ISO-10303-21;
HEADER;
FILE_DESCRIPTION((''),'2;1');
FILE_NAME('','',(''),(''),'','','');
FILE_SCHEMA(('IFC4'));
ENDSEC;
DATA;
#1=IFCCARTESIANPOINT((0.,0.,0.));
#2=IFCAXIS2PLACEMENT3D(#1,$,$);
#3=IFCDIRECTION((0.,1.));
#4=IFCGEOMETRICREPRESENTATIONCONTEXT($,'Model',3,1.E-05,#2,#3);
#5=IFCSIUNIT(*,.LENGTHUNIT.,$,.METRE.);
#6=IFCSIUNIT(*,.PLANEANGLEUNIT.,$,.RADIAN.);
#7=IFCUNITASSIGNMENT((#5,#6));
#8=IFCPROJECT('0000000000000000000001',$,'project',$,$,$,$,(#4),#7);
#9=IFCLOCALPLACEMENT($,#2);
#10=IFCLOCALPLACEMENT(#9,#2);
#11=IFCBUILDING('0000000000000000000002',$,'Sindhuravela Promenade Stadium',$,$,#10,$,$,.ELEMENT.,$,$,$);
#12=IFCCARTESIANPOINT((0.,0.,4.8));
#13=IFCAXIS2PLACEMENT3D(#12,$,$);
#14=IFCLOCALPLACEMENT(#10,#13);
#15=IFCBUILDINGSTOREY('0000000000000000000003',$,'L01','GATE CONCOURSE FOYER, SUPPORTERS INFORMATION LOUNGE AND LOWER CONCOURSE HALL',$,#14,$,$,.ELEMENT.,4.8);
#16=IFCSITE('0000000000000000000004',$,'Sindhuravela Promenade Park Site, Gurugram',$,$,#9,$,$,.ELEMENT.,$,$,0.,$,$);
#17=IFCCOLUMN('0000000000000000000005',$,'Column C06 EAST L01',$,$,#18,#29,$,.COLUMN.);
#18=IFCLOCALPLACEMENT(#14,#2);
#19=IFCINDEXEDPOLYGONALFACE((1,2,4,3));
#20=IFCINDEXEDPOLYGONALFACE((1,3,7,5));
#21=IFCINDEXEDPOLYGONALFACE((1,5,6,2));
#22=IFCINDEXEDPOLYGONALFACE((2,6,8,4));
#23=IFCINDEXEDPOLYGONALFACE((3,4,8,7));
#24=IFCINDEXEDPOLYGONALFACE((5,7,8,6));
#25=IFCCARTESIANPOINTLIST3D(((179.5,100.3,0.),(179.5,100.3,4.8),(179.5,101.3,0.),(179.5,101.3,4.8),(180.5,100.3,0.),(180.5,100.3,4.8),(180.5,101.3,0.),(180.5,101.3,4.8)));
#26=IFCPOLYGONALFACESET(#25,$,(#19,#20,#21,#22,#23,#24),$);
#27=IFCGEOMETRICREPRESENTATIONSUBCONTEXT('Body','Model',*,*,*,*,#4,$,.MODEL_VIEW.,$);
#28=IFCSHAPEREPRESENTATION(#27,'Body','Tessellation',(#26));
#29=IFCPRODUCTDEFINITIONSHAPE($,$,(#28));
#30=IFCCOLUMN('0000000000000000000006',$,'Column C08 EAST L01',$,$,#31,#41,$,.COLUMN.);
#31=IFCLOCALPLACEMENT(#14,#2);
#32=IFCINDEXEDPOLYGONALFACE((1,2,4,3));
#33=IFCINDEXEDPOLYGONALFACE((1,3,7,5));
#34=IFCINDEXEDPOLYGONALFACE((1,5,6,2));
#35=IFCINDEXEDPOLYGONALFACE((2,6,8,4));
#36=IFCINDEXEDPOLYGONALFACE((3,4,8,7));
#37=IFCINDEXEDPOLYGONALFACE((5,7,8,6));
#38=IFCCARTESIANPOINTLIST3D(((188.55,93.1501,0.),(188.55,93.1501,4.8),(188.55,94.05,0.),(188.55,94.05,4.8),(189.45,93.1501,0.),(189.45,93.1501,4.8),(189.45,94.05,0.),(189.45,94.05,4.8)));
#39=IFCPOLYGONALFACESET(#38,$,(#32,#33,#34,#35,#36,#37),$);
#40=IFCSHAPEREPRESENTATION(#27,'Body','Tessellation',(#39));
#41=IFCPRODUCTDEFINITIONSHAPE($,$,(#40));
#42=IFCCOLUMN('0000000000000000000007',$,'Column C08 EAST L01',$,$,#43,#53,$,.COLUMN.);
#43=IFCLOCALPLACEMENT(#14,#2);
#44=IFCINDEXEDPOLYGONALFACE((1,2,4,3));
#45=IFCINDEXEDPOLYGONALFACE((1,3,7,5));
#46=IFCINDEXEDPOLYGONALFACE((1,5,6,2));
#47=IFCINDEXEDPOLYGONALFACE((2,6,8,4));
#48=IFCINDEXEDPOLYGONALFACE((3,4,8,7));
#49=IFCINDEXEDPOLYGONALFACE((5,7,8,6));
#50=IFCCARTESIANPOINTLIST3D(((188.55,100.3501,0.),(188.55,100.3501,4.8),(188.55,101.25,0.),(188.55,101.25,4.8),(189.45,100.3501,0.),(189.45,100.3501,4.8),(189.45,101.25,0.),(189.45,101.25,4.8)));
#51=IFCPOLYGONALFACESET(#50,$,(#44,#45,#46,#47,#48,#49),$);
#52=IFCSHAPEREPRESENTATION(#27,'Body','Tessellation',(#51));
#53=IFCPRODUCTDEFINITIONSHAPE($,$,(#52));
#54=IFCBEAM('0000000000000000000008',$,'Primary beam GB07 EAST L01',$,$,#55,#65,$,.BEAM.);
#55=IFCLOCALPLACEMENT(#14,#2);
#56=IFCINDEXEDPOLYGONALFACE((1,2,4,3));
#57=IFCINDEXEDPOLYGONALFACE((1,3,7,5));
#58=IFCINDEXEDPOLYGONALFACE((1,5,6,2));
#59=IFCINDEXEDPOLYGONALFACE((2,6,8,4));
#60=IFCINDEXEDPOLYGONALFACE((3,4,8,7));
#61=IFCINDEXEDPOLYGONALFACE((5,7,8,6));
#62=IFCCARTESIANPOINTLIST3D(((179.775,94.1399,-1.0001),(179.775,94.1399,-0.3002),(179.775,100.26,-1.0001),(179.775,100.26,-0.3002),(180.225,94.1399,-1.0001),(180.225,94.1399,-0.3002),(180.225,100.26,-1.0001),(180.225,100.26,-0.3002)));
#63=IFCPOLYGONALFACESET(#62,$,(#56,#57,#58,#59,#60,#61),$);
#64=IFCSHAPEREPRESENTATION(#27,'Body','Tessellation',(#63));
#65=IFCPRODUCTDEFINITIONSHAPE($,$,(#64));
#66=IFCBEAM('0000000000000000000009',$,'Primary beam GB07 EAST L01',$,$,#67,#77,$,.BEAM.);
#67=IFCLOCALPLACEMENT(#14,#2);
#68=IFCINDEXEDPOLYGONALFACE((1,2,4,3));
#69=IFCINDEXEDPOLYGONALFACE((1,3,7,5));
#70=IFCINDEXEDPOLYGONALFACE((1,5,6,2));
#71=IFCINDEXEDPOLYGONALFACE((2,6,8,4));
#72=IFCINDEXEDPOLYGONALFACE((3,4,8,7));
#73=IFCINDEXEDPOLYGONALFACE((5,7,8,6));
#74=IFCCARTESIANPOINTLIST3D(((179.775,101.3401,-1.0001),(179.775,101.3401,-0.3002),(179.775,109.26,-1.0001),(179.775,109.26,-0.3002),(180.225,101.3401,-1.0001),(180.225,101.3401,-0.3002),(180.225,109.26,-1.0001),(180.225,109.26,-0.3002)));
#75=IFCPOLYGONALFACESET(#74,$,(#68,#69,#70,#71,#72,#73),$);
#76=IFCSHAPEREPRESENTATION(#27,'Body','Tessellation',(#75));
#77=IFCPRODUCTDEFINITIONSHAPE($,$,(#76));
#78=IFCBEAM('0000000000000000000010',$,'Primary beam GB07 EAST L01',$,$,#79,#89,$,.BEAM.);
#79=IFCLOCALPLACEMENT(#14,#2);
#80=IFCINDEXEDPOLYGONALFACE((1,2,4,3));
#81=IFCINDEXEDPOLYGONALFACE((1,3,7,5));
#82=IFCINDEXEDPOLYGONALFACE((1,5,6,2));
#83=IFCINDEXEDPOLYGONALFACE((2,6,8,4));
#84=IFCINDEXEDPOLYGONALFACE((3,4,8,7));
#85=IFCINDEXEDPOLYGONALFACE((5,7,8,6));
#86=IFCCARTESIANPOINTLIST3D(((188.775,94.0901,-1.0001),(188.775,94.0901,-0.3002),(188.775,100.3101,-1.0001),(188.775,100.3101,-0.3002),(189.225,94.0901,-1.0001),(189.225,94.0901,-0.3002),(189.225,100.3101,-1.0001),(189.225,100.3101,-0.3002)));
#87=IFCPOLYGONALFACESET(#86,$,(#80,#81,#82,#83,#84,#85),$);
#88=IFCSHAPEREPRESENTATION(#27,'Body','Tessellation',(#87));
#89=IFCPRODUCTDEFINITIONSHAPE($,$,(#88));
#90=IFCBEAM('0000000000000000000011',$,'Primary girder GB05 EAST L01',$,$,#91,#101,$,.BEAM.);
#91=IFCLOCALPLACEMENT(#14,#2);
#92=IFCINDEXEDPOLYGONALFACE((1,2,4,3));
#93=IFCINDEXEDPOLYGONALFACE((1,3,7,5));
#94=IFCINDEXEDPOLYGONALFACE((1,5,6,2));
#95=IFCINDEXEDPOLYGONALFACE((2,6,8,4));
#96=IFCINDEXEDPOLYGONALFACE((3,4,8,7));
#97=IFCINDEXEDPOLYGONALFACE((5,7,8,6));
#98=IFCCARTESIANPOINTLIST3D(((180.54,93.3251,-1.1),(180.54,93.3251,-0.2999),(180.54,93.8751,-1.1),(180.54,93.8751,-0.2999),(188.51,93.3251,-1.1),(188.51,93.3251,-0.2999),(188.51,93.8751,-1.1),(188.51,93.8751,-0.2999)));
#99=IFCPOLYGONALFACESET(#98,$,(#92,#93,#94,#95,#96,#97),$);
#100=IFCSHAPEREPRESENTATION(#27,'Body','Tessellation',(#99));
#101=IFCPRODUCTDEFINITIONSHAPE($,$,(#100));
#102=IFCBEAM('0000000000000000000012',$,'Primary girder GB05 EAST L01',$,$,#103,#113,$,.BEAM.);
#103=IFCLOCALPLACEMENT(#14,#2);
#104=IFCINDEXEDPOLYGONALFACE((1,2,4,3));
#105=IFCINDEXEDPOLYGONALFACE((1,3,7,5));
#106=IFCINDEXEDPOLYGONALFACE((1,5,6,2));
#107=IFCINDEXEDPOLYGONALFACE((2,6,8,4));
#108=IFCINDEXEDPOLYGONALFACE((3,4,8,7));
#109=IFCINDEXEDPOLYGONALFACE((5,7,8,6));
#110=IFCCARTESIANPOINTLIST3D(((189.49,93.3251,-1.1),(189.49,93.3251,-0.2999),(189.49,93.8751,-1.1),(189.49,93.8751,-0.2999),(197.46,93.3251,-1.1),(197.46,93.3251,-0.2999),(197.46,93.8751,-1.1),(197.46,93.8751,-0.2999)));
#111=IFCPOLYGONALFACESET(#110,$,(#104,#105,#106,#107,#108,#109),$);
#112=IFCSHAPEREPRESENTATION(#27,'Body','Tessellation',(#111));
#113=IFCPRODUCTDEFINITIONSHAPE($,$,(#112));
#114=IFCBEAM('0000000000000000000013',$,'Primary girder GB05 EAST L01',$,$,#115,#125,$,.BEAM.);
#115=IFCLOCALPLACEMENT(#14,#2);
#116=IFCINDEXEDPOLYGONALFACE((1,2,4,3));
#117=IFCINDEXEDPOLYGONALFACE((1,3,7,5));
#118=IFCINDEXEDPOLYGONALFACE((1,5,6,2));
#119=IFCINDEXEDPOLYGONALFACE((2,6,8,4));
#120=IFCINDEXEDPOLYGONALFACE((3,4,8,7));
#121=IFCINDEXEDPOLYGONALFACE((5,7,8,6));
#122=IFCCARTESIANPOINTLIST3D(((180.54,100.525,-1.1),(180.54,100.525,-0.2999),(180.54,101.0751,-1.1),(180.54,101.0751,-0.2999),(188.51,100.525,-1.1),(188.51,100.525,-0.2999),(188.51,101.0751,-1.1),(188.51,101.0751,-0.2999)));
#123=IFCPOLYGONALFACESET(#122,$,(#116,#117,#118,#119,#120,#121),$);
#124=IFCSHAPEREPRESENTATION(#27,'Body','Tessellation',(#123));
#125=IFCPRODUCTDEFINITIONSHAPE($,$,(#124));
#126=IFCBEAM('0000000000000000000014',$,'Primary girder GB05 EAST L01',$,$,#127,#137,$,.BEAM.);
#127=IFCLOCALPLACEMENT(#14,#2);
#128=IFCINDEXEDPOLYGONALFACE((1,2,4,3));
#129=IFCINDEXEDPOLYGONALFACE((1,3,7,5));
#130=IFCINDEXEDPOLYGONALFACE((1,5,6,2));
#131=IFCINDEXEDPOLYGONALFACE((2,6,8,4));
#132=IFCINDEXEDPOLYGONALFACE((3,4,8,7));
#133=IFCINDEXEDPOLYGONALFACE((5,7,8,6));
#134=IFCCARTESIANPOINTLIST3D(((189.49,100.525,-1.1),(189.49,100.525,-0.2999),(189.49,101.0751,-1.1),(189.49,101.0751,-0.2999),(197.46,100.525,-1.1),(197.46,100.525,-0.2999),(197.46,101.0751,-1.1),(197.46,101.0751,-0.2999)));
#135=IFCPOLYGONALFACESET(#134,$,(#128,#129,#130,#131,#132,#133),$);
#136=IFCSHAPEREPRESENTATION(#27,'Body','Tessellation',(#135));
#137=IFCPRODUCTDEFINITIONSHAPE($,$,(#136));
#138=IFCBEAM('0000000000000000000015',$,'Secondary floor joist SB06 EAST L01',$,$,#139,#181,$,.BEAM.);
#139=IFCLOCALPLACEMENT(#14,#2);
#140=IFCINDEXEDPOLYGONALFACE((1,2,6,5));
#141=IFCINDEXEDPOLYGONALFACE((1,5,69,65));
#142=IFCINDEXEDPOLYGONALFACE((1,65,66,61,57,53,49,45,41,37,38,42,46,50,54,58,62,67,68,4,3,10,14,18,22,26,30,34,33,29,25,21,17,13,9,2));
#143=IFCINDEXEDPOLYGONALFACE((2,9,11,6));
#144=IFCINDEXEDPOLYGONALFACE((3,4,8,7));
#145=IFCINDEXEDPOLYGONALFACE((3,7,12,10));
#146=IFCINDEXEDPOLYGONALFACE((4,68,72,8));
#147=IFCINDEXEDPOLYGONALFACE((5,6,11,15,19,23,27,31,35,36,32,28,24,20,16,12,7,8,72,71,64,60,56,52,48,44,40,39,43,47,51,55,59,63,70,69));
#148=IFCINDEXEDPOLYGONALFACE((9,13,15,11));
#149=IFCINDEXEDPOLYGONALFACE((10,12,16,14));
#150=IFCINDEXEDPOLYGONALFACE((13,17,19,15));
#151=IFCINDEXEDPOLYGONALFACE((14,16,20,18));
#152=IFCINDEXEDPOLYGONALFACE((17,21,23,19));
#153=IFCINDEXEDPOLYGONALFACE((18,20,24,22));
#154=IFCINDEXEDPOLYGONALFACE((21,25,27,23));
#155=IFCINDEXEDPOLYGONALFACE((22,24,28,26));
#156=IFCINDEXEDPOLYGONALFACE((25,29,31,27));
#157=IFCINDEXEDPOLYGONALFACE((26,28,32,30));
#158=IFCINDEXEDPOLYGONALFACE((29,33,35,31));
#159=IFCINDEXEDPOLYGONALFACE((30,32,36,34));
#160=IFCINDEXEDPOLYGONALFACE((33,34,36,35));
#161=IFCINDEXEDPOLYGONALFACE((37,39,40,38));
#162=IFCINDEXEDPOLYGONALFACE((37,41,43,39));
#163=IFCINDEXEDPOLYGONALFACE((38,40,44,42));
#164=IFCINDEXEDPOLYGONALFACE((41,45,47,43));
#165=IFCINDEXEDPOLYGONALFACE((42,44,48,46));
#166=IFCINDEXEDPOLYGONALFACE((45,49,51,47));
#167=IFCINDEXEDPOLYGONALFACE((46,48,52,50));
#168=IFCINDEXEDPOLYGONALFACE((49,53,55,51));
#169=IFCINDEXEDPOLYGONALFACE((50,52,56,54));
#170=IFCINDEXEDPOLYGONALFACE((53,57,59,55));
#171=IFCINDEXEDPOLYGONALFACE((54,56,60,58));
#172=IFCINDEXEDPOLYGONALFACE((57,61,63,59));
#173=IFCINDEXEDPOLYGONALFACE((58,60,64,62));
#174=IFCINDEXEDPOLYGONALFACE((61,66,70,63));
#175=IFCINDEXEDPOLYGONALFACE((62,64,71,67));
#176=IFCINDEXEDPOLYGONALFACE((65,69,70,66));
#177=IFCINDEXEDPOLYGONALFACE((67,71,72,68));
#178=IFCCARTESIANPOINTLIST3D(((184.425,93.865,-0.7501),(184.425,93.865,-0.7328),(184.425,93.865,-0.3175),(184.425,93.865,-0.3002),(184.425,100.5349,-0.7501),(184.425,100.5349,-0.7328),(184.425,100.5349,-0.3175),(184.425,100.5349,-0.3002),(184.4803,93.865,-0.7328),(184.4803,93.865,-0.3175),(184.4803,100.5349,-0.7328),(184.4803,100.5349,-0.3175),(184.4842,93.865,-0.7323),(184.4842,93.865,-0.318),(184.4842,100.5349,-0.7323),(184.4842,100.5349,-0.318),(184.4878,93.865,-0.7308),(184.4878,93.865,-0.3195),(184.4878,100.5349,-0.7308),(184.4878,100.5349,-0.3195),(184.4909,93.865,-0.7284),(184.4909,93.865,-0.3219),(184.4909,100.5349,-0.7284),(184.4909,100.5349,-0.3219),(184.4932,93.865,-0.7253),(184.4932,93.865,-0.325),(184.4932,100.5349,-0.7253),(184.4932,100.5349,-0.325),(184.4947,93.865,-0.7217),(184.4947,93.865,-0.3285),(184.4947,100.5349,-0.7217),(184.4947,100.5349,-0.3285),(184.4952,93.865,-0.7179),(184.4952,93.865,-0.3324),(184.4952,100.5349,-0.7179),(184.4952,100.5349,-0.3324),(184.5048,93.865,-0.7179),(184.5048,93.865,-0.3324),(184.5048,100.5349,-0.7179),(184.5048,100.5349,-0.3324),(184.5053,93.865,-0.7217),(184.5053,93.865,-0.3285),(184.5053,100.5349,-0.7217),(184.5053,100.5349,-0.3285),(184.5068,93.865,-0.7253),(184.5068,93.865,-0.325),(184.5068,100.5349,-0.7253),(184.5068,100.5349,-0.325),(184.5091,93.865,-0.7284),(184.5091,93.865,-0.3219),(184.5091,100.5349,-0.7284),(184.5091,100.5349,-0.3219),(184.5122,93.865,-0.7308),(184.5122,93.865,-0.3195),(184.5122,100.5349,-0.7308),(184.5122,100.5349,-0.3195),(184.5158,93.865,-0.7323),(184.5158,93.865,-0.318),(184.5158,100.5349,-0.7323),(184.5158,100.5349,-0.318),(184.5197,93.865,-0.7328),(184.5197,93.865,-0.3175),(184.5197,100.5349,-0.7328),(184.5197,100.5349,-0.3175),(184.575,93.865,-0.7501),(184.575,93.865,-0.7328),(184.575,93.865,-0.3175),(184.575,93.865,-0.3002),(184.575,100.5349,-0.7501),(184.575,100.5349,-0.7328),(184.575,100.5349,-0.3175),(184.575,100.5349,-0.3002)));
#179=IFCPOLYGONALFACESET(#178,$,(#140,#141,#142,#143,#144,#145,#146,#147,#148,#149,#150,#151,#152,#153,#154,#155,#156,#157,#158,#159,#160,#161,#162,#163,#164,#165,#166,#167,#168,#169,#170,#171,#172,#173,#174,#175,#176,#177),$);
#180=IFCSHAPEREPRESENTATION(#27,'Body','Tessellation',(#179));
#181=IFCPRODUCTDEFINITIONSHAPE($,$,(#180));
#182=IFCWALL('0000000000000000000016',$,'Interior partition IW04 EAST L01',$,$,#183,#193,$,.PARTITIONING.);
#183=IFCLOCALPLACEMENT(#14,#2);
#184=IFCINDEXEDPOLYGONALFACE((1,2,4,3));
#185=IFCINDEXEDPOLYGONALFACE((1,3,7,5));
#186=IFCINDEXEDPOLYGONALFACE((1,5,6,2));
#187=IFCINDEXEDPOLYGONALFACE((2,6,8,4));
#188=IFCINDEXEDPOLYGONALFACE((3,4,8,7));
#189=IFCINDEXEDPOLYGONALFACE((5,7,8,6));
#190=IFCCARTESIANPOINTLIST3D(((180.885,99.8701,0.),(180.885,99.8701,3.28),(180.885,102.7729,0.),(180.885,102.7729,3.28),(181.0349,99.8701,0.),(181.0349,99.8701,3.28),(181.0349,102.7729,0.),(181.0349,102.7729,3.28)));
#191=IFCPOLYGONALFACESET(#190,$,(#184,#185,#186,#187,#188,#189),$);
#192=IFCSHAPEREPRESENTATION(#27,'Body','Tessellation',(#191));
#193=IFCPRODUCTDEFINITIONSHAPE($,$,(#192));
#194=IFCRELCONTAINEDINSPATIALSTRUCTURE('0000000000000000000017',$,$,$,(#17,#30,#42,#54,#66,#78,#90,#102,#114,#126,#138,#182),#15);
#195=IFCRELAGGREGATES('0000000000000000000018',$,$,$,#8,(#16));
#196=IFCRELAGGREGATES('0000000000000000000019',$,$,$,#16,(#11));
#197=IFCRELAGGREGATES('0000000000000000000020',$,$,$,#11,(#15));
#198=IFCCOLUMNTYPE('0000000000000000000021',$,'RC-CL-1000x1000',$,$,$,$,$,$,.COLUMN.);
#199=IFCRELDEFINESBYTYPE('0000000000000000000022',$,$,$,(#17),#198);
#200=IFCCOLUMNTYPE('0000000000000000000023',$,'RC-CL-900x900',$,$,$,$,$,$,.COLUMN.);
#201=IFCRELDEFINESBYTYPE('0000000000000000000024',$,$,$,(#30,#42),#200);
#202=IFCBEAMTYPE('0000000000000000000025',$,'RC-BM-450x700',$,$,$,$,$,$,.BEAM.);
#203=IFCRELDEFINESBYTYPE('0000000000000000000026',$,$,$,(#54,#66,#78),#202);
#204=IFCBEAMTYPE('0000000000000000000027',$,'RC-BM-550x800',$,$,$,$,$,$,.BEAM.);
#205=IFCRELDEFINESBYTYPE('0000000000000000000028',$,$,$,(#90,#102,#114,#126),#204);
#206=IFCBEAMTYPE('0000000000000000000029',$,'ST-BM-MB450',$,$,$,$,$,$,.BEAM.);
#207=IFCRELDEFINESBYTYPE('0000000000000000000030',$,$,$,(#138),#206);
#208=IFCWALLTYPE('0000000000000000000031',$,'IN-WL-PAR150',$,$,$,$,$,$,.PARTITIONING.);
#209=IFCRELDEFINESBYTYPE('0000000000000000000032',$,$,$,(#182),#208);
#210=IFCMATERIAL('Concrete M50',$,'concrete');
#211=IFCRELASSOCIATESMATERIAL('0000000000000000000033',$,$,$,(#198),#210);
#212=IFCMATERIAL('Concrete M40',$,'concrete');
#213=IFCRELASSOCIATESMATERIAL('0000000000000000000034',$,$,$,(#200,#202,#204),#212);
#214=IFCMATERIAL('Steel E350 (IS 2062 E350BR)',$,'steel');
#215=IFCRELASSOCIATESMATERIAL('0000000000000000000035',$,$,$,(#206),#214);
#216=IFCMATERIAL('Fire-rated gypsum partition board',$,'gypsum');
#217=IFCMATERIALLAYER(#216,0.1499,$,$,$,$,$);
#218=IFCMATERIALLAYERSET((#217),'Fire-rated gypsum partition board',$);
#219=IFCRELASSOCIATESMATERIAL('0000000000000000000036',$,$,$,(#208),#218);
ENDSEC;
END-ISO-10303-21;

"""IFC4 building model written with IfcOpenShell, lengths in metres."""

from ifc_helpers import new_model, si_unit, direction, frame, frame_2d, origin, origin_2d, place, context, subcontext, project, spatial, rectangle, i_section, extrude, material, layer, layer_set, material_profile, profile_set, type_object, element, save


model = new_model("IFC4")

# Units and contexts
model_context = context("Model", 3, precision=1e-05, world=origin(), true_north=direction((0.0, 1.0)))
body_context = subcontext(model_context, "Body", "Model", "MODEL_VIEW")
ifc_project = project(units=[si_unit("LENGTHUNIT", "METRE"), si_unit("PLANEANGLEUNIT", "RADIAN")], contexts=[model_context])

# Site, building, storey
site_placement = place(None, origin())
site = spatial("IfcSite", under=ifc_project, at=site_placement, Name="Sindhuravela Promenade Park Site, Gurugram", CompositionType="ELEMENT", RefElevation=0.0)
building_placement = place(site_placement, origin())
building = spatial("IfcBuilding", under=site, at=building_placement, Name="Sindhuravela Promenade Stadium", CompositionType="ELEMENT")
storey_placement = place(building_placement, frame((0.0, 0.0, 4.8)))
storey = spatial("IfcBuildingStorey", under=building, at=storey_placement, Name="L01", Description="GATE CONCOURSE FOYER, SUPPORTERS INFORMATION LOUNGE AND LOWER CONCOURSE HALL", CompositionType="ELEMENT", Elevation=4.8)

# Columns
ifc_material_1 = material(Name="Concrete M50", Category="concrete")
ifc_material_profile_1 = material_profile(ifc_material_1, rectangle(XDim=1.0, YDim=1.0, at=origin_2d()), Name="RC 1000x1000")
ifc_profile_set_1 = profile_set([ifc_material_profile_1], Name="Concrete M50")
column_type_1 = type_object("IfcColumnType", Name="RC-CL-1000x1000", PredefinedType="COLUMN", material=ifc_profile_set_1)
column_placement = place(storey_placement, frame((180.0, 100.8, 0.0), z_axis=(0.0, 0.0, 1.0), x_axis=(1.0, 0.0, 0.0)))
element("IfcColumn", 1, at=column_placement, inside=storey, type_object=column_type_1, Name="Column C06 EAST L01", PredefinedType="COLUMN", context=body_context, shape_type="SweptSolid", body=[
    extrude(rectangle(XDim=1.0, YDim=1.0, at=origin_2d()), origin(), (0.0, 0.0, 1.0), 4.8),
])
ifc_material_2 = material(Name="Concrete M40", Category="concrete")
ifc_material_profile_2 = material_profile(ifc_material_2, rectangle(XDim=0.8999, YDim=0.8999, at=origin_2d()), Name="RC 900x900")
ifc_profile_set_2 = profile_set([ifc_material_profile_2], Name="Concrete M40")
column_type_2 = type_object("IfcColumnType", Name="RC-CL-900x900", PredefinedType="COLUMN", material=ifc_profile_set_2)
for number, where, z_axis, x_axis, name in (
    (2, (189.0, 93.6001, 0.0), (0.0, 0.0, 1.0), (1.0, 0.0, 0.0), "Column C08 EAST L01"),
    (3, (189.0, 100.8, 0.0), (0.0, 0.0, 1.0), (1.0, 0.0, 0.0), "Column C08 EAST L01"),
):
    element("IfcColumn", number, at=place(storey_placement, frame(where, z_axis=z_axis, x_axis=x_axis)), inside=storey, type_object=column_type_2, Name=name, PredefinedType="COLUMN", context=body_context, shape_type="SweptSolid", body=[
        extrude(rectangle(XDim=0.8999, YDim=0.8999, at=origin_2d()), origin(), (0.0, 0.0, 1.0), 4.8),
    ])

# Beams
ifc_material_profile_3 = material_profile(ifc_material_2, rectangle(XDim=0.45, YDim=0.7, at=origin_2d()), Name="RC 450x700")
ifc_profile_set_3 = profile_set([ifc_material_profile_3], Name="Concrete M40")
beam_type_1 = type_object("IfcBeamType", Name="RC-BM-450x700", PredefinedType="BEAM", material=ifc_profile_set_3)
beam_1_placement = place(storey_placement, frame((180.0, 94.1399, -0.6501), z_axis=(0.0, 1.0, 0.0), x_axis=(-1.0, 0.0, 0.0)))
element("IfcBeam", 4, at=beam_1_placement, inside=storey, type_object=beam_type_1, Name="Primary beam GB07 EAST L01", PredefinedType="BEAM", context=body_context, shape_type="SweptSolid", body=[
    extrude(rectangle(XDim=0.45, YDim=0.7, at=origin_2d()), origin(), (0.0, 0.0, 1.0), 6.1201),
])
beam_2_placement = place(storey_placement, frame((180.0, 101.3401, -0.6501), z_axis=(0.0, 1.0, 0.0), x_axis=(-1.0, 0.0, 0.0)))
element("IfcBeam", 5, at=beam_2_placement, inside=storey, type_object=beam_type_1, Name="Primary beam GB07 EAST L01", PredefinedType="BEAM", context=body_context, shape_type="SweptSolid", body=[
    extrude(rectangle(XDim=0.45, YDim=0.7, at=origin_2d()), origin(), (0.0, 0.0, 1.0), 7.9199),
])
beam_3_placement = place(storey_placement, frame((189.0, 94.0901, -0.6501), z_axis=(0.0, 1.0, 0.0), x_axis=(-1.0, 0.0, 0.0)))
element("IfcBeam", 6, at=beam_3_placement, inside=storey, type_object=beam_type_1, Name="Primary beam GB07 EAST L01", PredefinedType="BEAM", context=body_context, shape_type="SweptSolid", body=[
    extrude(rectangle(XDim=0.45, YDim=0.7, at=origin_2d()), origin(), (0.0, 0.0, 1.0), 6.22),
])
ifc_material_profile_4 = material_profile(ifc_material_2, rectangle(XDim=0.55, YDim=0.8, at=origin_2d()), Name="RC 550x800")
ifc_profile_set_4 = profile_set([ifc_material_profile_4], Name="Concrete M40")
beam_type_2 = type_object("IfcBeamType", Name="RC-BM-550x800", PredefinedType="BEAM", material=ifc_profile_set_4)
for number, where, z_axis, x_axis, name in (
    (7, (180.54, 93.6001, -0.7), (1.0, 0.0, 0.0), (0.0, 1.0, 0.0), "Primary girder GB05 EAST L01"),
    (8, (189.49, 93.6001, -0.7), (1.0, 0.0, 0.0), (0.0, 1.0, 0.0), "Primary girder GB05 EAST L01"),
    (9, (180.54, 100.8, -0.7), (1.0, 0.0, 0.0), (0.0, 1.0, 0.0), "Primary girder GB05 EAST L01"),
    (10, (189.49, 100.8, -0.7), (1.0, 0.0, 0.0), (0.0, 1.0, 0.0), "Primary girder GB05 EAST L01"),
):
    element("IfcBeam", number, at=place(storey_placement, frame(where, z_axis=z_axis, x_axis=x_axis)), inside=storey, type_object=beam_type_2, Name=name, PredefinedType="BEAM", context=body_context, shape_type="SweptSolid", body=[
        extrude(rectangle(XDim=0.55, YDim=0.8, at=origin_2d()), origin(), (0.0, 0.0, 1.0), 7.97),
    ])
ifc_material_3 = material(Name="Steel E350 (IS 2062 E350BR)", Category="steel")
ifc_material_profile_5 = material_profile(ifc_material_3, i_section(OverallWidth=0.1499, OverallDepth=0.45, WebThickness=0.0095, FlangeThickness=0.0173, FilletRadius=0.0149, at=origin_2d()), Name="ISMB 450")
ifc_profile_set_5 = profile_set([ifc_material_profile_5], Name="Steel E350 (IS 2062 E350BR)")
beam_type_3 = type_object("IfcBeamType", Name="ST-BM-MB450", PredefinedType="BEAM", material=ifc_profile_set_5)
beam_4_placement = place(storey_placement, frame((184.5, 93.865, -0.5251), z_axis=(0.0, 1.0, 0.0), x_axis=(-1.0, 0.0, 0.0)))
element("IfcBeam", 11, at=beam_4_placement, inside=storey, type_object=beam_type_3, Name="Secondary floor joist SB06 EAST L01", PredefinedType="BEAM", context=body_context, shape_type="SweptSolid", body=[
    extrude(i_section(OverallWidth=0.1499, OverallDepth=0.45, WebThickness=0.0095, FlangeThickness=0.0173, FilletRadius=0.0149, at=origin_2d()), origin(), (0.0, 0.0, 1.0), 6.6699),
])

# Wall
ifc_material_4 = material(Name="Fire-rated gypsum partition board", Category="gypsum")
ifc_layer_1 = layer(ifc_material_4, 0.1499)
ifc_layer_set_1 = layer_set([ifc_layer_1], Name="Fire-rated gypsum partition board")
wall_type_1 = type_object("IfcWallType", Name="IN-WL-PAR150", PredefinedType="PARTITIONING", material=ifc_layer_set_1)
wall_1_placement = place(storey_placement, frame((180.96, 102.7729, 0.0), z_axis=(0.0, 0.0, 1.0), x_axis=(0.0, -1.0, 0.0)))
element("IfcWall", 12, at=wall_1_placement, inside=storey, type_object=wall_type_1, Name="Interior partition IW04 EAST L01", PredefinedType="PARTITIONING", context=body_context, shape_type="SweptSolid", body=[
    extrude(rectangle(XDim=2.9028, YDim=0.1499, at=frame_2d((1.4514, 0.0))), origin(), (0.0, 0.0, 1.0), 3.28),
])

save(model, "model.ifc")
